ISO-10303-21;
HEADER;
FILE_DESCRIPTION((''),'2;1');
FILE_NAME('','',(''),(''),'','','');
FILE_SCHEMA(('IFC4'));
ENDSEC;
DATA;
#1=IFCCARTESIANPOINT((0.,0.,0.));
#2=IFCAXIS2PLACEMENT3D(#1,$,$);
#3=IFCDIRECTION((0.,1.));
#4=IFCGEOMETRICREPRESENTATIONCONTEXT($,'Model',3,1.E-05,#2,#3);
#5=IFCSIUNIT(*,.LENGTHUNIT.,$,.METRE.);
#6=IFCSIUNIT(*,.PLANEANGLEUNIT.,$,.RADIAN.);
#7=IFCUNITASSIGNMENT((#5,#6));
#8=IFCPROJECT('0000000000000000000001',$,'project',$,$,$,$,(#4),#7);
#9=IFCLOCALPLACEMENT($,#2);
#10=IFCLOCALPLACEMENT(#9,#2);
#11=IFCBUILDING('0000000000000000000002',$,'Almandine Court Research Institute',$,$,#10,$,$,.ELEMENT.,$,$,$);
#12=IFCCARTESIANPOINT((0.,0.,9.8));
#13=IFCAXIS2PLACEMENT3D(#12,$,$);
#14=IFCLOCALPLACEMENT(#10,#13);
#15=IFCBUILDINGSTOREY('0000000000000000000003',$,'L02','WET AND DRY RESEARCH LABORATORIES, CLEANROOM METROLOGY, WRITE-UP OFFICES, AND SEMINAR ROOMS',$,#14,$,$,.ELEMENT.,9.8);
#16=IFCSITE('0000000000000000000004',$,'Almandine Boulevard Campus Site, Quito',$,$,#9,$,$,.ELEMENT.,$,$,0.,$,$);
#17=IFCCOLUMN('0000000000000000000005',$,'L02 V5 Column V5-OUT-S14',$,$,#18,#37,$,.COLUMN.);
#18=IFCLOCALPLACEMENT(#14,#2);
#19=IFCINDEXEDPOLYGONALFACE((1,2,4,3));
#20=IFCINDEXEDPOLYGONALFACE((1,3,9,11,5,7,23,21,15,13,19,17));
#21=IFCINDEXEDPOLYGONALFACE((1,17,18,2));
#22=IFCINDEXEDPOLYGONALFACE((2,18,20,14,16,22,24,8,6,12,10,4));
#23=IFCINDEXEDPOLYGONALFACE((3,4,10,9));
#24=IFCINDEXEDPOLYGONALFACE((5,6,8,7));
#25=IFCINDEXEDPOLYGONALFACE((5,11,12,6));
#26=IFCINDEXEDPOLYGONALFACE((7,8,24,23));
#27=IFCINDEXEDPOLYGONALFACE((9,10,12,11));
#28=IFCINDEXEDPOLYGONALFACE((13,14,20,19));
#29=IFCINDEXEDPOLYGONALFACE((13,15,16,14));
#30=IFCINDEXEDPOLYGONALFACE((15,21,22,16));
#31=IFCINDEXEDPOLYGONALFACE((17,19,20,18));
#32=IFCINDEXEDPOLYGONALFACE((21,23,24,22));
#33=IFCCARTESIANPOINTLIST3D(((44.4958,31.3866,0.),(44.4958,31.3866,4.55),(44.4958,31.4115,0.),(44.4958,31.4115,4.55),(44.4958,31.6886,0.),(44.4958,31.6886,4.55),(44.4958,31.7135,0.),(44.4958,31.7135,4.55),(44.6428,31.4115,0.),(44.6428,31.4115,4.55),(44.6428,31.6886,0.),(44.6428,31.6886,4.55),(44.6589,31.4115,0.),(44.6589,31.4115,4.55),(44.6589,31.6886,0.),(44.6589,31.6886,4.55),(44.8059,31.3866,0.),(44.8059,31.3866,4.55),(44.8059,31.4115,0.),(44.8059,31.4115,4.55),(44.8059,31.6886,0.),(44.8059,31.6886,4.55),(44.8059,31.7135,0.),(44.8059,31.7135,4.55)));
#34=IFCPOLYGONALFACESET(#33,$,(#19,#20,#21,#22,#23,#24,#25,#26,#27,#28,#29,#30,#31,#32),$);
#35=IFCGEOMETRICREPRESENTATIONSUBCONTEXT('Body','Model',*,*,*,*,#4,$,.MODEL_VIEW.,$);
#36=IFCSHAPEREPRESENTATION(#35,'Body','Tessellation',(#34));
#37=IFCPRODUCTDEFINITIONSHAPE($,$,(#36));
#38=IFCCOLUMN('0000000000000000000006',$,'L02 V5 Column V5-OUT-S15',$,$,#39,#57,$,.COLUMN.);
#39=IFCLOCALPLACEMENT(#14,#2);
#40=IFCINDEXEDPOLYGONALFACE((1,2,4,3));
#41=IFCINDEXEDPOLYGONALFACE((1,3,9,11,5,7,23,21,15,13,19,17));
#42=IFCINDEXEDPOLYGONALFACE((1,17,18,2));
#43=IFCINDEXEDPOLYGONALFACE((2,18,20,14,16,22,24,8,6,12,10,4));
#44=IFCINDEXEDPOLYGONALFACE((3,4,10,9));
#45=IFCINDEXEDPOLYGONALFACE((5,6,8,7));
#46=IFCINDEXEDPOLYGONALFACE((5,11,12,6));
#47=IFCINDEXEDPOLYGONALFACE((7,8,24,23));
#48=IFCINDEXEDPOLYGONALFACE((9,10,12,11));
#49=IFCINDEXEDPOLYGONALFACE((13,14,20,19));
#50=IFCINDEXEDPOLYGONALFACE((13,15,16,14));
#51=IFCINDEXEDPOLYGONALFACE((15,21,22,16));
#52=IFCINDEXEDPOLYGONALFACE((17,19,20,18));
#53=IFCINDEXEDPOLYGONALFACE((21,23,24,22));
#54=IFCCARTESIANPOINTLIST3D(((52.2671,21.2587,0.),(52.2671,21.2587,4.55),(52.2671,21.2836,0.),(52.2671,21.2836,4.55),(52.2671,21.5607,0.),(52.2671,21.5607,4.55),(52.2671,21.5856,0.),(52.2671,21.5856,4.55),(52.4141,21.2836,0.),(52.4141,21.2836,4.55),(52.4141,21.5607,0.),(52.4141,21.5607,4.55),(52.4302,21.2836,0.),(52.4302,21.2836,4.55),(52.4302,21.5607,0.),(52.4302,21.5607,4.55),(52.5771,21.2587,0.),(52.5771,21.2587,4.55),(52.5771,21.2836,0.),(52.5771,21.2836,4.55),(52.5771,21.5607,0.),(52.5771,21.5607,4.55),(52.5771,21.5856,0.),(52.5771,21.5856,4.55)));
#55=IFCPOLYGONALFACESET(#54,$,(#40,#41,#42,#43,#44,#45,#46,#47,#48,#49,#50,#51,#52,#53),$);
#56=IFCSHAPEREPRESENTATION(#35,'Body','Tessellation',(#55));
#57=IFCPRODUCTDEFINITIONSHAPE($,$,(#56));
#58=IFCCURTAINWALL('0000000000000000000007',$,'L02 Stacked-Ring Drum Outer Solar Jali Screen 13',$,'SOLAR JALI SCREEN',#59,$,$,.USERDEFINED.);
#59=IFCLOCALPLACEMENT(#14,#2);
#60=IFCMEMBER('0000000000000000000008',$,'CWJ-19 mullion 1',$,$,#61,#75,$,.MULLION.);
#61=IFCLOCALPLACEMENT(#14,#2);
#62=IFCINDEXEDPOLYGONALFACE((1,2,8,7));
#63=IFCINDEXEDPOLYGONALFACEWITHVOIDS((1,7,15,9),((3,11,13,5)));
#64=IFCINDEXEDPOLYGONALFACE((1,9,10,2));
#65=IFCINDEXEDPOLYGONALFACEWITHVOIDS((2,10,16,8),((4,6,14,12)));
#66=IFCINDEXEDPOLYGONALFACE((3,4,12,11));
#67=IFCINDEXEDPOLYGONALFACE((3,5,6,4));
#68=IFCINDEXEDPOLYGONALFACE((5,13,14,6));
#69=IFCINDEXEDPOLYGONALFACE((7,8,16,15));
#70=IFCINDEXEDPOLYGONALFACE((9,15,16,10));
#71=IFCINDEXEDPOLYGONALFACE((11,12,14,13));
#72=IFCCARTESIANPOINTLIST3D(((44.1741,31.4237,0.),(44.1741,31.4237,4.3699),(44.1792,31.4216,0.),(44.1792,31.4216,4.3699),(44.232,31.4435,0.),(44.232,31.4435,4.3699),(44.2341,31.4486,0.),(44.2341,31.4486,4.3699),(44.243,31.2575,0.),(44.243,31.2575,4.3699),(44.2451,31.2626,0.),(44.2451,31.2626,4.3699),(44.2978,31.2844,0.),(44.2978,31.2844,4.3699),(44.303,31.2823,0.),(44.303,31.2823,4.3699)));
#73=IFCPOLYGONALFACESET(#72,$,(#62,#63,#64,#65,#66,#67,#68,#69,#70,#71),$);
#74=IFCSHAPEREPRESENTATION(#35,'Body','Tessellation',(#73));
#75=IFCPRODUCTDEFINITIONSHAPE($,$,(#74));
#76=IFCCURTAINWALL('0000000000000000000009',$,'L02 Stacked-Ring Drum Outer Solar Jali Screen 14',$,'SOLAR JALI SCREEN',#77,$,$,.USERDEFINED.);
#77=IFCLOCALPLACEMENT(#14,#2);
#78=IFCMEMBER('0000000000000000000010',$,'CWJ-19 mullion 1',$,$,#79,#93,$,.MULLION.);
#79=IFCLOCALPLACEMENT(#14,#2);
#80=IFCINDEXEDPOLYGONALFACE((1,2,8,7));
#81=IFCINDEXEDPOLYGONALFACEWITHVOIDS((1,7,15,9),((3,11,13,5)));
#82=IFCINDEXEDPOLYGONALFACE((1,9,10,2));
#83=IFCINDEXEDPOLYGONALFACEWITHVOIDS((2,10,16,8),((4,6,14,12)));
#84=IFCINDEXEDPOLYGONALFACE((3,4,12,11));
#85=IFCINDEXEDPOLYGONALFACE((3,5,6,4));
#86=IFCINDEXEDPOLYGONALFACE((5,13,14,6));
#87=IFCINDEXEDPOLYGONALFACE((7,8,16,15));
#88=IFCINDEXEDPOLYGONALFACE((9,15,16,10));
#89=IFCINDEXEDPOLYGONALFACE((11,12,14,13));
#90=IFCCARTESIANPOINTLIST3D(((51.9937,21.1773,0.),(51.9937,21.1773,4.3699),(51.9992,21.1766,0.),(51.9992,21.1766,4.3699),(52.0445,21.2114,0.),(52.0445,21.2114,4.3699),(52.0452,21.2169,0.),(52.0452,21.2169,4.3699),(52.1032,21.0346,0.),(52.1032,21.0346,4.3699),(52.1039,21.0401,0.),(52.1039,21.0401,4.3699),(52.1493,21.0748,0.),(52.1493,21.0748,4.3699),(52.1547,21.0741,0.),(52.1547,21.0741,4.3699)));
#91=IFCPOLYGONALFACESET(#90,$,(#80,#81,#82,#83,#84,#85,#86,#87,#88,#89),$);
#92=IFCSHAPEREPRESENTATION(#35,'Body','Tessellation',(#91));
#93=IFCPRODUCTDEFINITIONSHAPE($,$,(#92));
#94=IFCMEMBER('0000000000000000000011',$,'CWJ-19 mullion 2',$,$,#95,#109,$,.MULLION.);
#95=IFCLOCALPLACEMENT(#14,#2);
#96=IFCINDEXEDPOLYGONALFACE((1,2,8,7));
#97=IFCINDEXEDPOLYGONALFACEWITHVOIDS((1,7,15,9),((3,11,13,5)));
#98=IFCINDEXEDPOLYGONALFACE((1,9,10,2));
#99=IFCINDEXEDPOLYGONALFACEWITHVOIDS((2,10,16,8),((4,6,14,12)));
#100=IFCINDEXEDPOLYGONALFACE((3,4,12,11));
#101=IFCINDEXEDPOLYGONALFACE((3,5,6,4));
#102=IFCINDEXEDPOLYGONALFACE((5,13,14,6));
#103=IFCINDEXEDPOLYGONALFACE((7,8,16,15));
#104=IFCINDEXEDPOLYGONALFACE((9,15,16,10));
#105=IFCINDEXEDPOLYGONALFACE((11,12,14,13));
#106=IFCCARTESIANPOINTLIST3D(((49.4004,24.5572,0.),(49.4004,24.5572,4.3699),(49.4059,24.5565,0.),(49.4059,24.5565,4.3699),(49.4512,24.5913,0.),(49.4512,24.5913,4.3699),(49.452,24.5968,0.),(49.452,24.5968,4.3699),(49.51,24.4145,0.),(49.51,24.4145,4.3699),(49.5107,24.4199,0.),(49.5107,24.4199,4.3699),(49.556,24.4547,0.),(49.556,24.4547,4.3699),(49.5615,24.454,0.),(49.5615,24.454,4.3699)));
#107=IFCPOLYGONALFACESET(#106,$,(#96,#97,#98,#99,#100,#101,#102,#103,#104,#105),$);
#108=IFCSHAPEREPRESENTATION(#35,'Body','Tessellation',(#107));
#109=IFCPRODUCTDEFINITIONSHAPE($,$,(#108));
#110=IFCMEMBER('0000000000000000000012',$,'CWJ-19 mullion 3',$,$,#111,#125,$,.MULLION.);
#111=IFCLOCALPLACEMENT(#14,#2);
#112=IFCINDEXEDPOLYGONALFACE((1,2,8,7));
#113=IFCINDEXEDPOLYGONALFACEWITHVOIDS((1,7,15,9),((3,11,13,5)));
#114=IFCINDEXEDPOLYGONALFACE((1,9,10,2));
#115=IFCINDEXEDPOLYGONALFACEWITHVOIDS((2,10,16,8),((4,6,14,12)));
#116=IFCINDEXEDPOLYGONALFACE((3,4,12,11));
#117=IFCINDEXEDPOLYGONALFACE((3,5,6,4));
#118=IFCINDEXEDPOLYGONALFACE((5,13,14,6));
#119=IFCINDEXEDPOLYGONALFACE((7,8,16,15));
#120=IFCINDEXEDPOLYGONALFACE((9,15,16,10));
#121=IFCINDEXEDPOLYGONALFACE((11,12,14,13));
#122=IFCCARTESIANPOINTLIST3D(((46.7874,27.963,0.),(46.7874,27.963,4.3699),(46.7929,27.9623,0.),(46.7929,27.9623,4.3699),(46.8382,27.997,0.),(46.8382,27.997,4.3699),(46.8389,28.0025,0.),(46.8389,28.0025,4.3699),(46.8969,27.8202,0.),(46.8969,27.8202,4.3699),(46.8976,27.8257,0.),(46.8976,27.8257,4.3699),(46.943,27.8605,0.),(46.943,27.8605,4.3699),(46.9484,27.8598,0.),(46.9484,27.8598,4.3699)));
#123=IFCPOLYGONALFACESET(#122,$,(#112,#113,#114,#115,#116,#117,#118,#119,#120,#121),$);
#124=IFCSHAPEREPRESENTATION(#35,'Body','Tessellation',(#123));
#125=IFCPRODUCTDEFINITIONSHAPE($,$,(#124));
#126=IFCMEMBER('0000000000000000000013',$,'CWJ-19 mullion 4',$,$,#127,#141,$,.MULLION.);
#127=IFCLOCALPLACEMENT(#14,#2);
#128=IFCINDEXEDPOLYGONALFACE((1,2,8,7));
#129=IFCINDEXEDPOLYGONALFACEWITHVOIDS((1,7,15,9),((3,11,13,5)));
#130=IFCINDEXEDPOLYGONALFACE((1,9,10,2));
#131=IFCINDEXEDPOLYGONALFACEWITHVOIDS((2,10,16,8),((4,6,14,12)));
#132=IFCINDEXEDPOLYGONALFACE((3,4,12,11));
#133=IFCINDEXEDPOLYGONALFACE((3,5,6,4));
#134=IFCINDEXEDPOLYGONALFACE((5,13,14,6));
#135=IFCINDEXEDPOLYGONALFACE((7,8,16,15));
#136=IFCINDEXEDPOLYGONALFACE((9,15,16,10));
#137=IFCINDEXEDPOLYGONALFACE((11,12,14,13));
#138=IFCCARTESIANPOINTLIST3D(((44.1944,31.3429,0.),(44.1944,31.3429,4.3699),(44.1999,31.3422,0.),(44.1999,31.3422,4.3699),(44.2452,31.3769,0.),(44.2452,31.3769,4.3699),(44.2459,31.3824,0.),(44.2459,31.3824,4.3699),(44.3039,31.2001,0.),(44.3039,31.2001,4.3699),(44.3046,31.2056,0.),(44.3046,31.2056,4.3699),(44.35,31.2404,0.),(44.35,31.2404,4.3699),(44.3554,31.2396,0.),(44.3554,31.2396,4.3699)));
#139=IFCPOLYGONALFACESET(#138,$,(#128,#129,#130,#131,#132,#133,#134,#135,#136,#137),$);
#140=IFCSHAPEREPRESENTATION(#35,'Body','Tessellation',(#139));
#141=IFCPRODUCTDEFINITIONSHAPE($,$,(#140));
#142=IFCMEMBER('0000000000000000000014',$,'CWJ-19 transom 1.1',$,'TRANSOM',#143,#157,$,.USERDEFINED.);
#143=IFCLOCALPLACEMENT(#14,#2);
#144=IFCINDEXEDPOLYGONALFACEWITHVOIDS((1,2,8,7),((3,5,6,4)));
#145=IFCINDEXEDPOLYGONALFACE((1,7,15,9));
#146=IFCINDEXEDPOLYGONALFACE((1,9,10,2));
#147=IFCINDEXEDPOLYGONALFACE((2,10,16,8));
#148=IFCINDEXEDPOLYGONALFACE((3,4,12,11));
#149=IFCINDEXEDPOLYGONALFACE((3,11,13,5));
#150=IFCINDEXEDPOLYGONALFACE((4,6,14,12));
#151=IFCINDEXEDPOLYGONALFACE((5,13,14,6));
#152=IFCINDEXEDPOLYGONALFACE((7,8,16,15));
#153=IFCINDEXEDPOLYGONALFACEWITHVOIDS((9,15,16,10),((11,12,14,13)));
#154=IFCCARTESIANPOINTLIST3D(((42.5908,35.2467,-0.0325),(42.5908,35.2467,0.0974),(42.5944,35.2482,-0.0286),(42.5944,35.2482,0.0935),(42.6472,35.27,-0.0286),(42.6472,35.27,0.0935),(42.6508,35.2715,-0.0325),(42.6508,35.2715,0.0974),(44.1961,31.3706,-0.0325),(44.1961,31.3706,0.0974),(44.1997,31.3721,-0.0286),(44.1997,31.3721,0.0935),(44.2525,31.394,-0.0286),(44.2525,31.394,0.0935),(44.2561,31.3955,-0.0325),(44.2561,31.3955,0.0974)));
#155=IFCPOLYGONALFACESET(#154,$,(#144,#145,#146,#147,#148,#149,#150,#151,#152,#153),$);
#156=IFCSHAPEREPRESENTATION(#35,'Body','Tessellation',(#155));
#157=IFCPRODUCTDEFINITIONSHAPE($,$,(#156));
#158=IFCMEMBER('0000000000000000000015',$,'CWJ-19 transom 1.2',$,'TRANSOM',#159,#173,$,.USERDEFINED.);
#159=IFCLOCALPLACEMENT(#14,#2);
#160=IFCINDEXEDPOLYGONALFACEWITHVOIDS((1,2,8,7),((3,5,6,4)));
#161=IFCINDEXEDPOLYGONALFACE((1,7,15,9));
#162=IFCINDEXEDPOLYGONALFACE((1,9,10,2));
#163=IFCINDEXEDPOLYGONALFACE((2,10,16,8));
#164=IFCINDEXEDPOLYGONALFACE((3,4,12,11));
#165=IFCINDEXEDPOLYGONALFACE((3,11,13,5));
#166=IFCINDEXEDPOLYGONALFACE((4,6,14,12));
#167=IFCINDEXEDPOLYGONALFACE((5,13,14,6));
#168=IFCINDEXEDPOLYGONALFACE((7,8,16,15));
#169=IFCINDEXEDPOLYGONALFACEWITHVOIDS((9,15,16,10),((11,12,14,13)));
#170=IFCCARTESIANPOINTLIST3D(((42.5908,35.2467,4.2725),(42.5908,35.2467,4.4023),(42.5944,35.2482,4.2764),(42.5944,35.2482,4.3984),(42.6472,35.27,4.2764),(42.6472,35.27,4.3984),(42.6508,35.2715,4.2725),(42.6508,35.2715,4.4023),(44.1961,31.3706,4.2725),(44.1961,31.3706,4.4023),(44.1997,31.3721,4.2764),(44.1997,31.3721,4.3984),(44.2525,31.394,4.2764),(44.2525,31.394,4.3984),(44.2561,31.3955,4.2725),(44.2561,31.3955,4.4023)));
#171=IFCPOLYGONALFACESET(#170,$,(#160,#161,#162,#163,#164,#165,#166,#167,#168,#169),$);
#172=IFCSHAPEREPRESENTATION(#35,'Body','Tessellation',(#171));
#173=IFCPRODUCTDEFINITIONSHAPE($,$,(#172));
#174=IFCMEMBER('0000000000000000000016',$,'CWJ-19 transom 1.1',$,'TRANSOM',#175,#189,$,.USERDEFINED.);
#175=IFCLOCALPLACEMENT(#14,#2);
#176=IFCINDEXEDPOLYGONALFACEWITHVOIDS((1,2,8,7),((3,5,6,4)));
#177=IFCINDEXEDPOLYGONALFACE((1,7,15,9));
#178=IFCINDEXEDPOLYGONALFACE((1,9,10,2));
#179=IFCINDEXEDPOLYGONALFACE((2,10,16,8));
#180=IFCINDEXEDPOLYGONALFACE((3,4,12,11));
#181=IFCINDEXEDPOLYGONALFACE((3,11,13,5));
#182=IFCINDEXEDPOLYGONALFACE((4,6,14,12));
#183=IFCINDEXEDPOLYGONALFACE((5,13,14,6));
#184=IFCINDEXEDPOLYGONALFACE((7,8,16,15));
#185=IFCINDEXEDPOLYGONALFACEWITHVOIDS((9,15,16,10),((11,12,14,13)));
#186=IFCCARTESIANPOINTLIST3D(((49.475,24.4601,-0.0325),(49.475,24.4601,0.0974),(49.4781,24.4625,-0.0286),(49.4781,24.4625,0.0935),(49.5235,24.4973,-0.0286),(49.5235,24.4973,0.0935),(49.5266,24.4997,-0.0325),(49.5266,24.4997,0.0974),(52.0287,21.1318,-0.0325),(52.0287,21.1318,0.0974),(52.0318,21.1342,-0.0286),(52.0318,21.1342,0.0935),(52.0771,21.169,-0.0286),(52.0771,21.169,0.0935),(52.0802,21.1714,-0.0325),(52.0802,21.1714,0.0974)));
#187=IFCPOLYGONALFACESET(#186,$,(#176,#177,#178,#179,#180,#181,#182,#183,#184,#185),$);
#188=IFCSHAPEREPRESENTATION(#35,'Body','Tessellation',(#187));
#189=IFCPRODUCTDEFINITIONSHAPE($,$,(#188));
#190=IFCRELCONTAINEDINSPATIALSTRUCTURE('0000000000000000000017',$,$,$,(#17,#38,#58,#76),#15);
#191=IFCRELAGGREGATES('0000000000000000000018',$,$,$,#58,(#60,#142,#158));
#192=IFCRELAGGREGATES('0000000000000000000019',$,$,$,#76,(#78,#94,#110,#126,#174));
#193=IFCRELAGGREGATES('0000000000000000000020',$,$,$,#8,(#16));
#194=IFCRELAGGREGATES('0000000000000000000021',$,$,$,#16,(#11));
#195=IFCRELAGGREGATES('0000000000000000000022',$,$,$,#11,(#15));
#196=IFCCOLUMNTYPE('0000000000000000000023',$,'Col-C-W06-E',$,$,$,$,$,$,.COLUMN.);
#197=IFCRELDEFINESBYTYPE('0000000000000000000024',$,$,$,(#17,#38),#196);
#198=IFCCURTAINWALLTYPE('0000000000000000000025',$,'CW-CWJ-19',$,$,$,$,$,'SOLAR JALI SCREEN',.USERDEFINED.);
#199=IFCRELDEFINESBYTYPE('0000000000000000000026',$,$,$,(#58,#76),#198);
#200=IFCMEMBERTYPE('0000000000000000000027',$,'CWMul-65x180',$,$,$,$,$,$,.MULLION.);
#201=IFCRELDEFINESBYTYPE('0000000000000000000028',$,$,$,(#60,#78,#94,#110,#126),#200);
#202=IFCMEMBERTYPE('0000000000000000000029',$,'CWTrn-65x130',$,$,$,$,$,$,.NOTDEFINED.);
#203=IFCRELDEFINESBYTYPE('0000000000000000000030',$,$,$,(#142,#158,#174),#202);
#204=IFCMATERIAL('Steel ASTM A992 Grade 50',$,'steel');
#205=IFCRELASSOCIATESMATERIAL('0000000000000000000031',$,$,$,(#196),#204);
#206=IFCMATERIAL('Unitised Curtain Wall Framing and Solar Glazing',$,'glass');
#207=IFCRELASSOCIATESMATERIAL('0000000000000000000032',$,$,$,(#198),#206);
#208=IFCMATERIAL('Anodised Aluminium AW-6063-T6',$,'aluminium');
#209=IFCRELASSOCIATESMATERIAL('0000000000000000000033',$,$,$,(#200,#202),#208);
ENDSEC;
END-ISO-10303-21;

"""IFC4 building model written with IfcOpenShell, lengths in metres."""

from ifc_helpers import new_model, si_unit, direction, frame, origin, origin_2d, place, context, subcontext, project, spatial, hollow_rectangle, i_section, extrude, material, material_profile, profile_set, type_object, element, aggregate, save


model = new_model("IFC4")

# Units and contexts
model_context = context("Model", 3, precision=1e-05, world=origin(), true_north=direction((0.0, 1.0)))
body_context = subcontext(model_context, "Body", "Model", "MODEL_VIEW")
ifc_project = project(units=[si_unit("LENGTHUNIT", "METRE"), si_unit("PLANEANGLEUNIT", "RADIAN")], contexts=[model_context])

# Site, building, storey
site_placement = place(None, origin())
site = spatial("IfcSite", under=ifc_project, at=site_placement, Name="Almandine Boulevard Campus Site, Quito", CompositionType="ELEMENT", RefElevation=0.0)
building_placement = place(site_placement, origin())
building = spatial("IfcBuilding", under=site, at=building_placement, Name="Almandine Court Research Institute", CompositionType="ELEMENT")
storey_placement = place(building_placement, frame((0.0, 0.0, 9.8)))
storey = spatial("IfcBuildingStorey", under=building, at=storey_placement, Name="L02", Description="WET AND DRY RESEARCH LABORATORIES, CLEANROOM METROLOGY, WRITE-UP OFFICES, AND SEMINAR ROOMS", CompositionType="ELEMENT", Elevation=9.8)

# Columns
ifc_material_1 = material(Name="Steel ASTM A992 Grade 50", Category="steel")
ifc_material_profile_1 = material_profile(ifc_material_1, i_section(OverallWidth=0.3101, OverallDepth=0.3269, WebThickness=0.0161, FlangeThickness=0.0249, at=origin_2d()), Name="W310x158")
ifc_profile_set_1 = profile_set([ifc_material_profile_1], Name="Steel ASTM A992 Grade 50")
column_type = type_object("IfcColumnType", Name="Col-C-W06-E", PredefinedType="COLUMN", material=ifc_profile_set_1)
for number, where, z_axis, x_axis, name in (
    (1, (44.6509, 31.55, 0.0), (0.0, 0.0, 1.0), (1.0, 0.0, 0.0), "L02 V5 Column V5-OUT-S14"),
    (2, (52.4221, 21.4221, 0.0), (0.0, 0.0, 1.0), (1.0, 0.0, 0.0), "L02 V5 Column V5-OUT-S15"),
):
    element("IfcColumn", number, at=place(storey_placement, frame(where, z_axis=z_axis, x_axis=x_axis)), inside=storey, type_object=column_type, Name=name, PredefinedType="COLUMN", context=body_context, shape_type="SweptSolid", body=[
        extrude(i_section(OverallWidth=0.3101, OverallDepth=0.3269, WebThickness=0.0161, FlangeThickness=0.0249, at=origin_2d()), origin(), (0.0, 0.0, 1.0), 4.55),
    ])

# Curtain wall, member
ifc_material_2 = material(Name="Unitised Curtain Wall Framing and Solar Glazing", Category="glass")
curtain_wall_type = type_object("IfcCurtainWallType", Name="CW-CWJ-19", ElementType="SOLAR JALI SCREEN", PredefinedType="USERDEFINED", material=ifc_material_2)
curtain_wall_1_placement = place(storey_placement, origin())
curtain_wall_1 = element("IfcCurtainWall", 3, at=curtain_wall_1_placement, inside=storey, type_object=curtain_wall_type, Name="L02 Stacked-Ring Drum Outer Solar Jali Screen 13", ObjectType="SOLAR JALI SCREEN", PredefinedType="USERDEFINED")
ifc_material_3 = material(Name="Anodised Aluminium AW-6063-T6", Category="aluminium")
ifc_material_profile_2 = material_profile(ifc_material_3, hollow_rectangle(XDim=0.0649, YDim=0.1799, WallThickness=0.0039, at=origin_2d()), Name="ALU RHS 65x180x4")
ifc_profile_set_2 = profile_set([ifc_material_profile_2], Name="Anodised Aluminium AW-6063-T6")
member_type_1 = type_object("IfcMemberType", Name="CWMul-65x180", PredefinedType="MULLION", material=ifc_profile_set_2)
member_1_placement = place(storey_placement, frame((44.2385, 31.353, 0.0), z_axis=(0.0, 0.0, 1.0), x_axis=(-0.923888, -0.382663, 0.0)))
member_1 = element("IfcMember", 4, at=member_1_placement, type_object=member_type_1, Name="CWJ-19 mullion 1", PredefinedType="MULLION", context=body_context, shape_type="SweptSolid", body=[
    extrude(hollow_rectangle(XDim=0.0649, YDim=0.1799, WallThickness=0.0039, at=origin_2d()), origin(), (0.0, 0.0, 1.0), 4.3699),
])

# Curtain wall, members
curtain_wall_2_placement = place(storey_placement, origin())
curtain_wall_2 = element("IfcCurtainWall", 5, at=curtain_wall_2_placement, inside=storey, type_object=curtain_wall_type, Name="L02 Stacked-Ring Drum Outer Solar Jali Screen 14", ObjectType="SOLAR JALI SCREEN", PredefinedType="USERDEFINED")
member_2_placement = place(storey_placement, frame((52.0742, 21.1257, 0.0), z_axis=(0.0, 0.0, 1.0), x_axis=(-0.793383, -0.608723, 0.0)))
member_2 = element("IfcMember", 6, at=member_2_placement, type_object=member_type_1, Name="CWJ-19 mullion 1", PredefinedType="MULLION", context=body_context, shape_type="SweptSolid", body=[
    extrude(hollow_rectangle(XDim=0.0649, YDim=0.1799, WallThickness=0.0039, at=origin_2d()), origin(), (0.0, 0.0, 1.0), 4.3699),
])
member_3_placement = place(storey_placement, frame((49.481, 24.5056, 0.0), z_axis=(0.0, 0.0, 1.0), x_axis=(-0.793383, -0.608723, 0.0)))
member_3 = element("IfcMember", 7, at=member_3_placement, type_object=member_type_1, Name="CWJ-19 mullion 2", PredefinedType="MULLION", context=body_context, shape_type="SweptSolid", body=[
    extrude(hollow_rectangle(XDim=0.0649, YDim=0.1799, WallThickness=0.0039, at=origin_2d()), origin(), (0.0, 0.0, 1.0), 4.3699),
])
member_4_placement = place(storey_placement, frame((46.8679, 27.9114, 0.0), z_axis=(0.0, 0.0, 1.0), x_axis=(-0.793383, -0.608723, 0.0)))
member_4 = element("IfcMember", 8, at=member_4_placement, type_object=member_type_1, Name="CWJ-19 mullion 3", PredefinedType="MULLION", context=body_context, shape_type="SweptSolid", body=[
    extrude(hollow_rectangle(XDim=0.0649, YDim=0.1799, WallThickness=0.0039, at=origin_2d()), origin(), (0.0, 0.0, 1.0), 4.3699),
])
member_5_placement = place(storey_placement, frame((44.2749, 31.2913, 0.0), z_axis=(0.0, 0.0, 1.0), x_axis=(-0.793383, -0.608723, 0.0)))
member_5 = element("IfcMember", 9, at=member_5_placement, type_object=member_type_1, Name="CWJ-19 mullion 4", PredefinedType="MULLION", context=body_context, shape_type="SweptSolid", body=[
    extrude(hollow_rectangle(XDim=0.0649, YDim=0.1799, WallThickness=0.0039, at=origin_2d()), origin(), (0.0, 0.0, 1.0), 4.3699),
])

# Members
ifc_material_profile_3 = material_profile(ifc_material_3, hollow_rectangle(XDim=0.0649, YDim=0.1299, WallThickness=0.0039, at=origin_2d()), Name="ALU RHS 65x130x4")
ifc_profile_set_3 = profile_set([ifc_material_profile_3], Name="Anodised Aluminium AW-6063-T6")
member_type_2 = type_object("IfcMemberType", Name="CWTrn-65x130", PredefinedType="NOTDEFINED", material=ifc_profile_set_3)
member_6_placement = place(storey_placement, frame((44.2261, 31.3831, 0.0325), z_axis=(-0.382631, 0.923901, 0.0), x_axis=(-0.923901, -0.382631, 0.0)))
member_6 = element("IfcMember", 10, at=member_6_placement, type_object=member_type_2, Name="CWJ-19 transom 1.1", ObjectType="TRANSOM", PredefinedType="USERDEFINED", context=body_context, shape_type="SweptSolid", body=[
    extrude(hollow_rectangle(XDim=0.0649, YDim=0.1299, WallThickness=0.0039, at=origin_2d()), origin(), (0.0, 0.0, 1.0), 4.1953),
])
member_7_placement = place(storey_placement, frame((44.2261, 31.3831, 4.3374), z_axis=(-0.382631, 0.923901, 0.0), x_axis=(-0.923901, -0.382631, 0.0)))
member_7 = element("IfcMember", 11, at=member_7_placement, type_object=member_type_2, Name="CWJ-19 transom 1.2", ObjectType="TRANSOM", PredefinedType="USERDEFINED", context=body_context, shape_type="SweptSolid", body=[
    extrude(hollow_rectangle(XDim=0.0649, YDim=0.1299, WallThickness=0.0039, at=origin_2d()), origin(), (0.0, 0.0, 1.0), 4.1953),
])
aggregate(curtain_wall_1, [member_1, member_6, member_7])
member_8_placement = place(storey_placement, frame((52.0544, 21.1516, 0.0325), z_axis=(-0.608726, 0.793381, 0.0), x_axis=(-0.793381, -0.608726, 0.0)))
member_8 = element("IfcMember", 12, at=member_8_placement, type_object=member_type_2, Name="CWJ-19 transom 1.1", ObjectType="TRANSOM", PredefinedType="USERDEFINED", context=body_context, shape_type="SweptSolid", body=[
    extrude(hollow_rectangle(XDim=0.0649, YDim=0.1299, WallThickness=0.0039, at=origin_2d()), origin(), (0.0, 0.0, 1.0), 4.1951),
])

aggregate(curtain_wall_2, [member_2, member_3, member_4, member_5, member_8])

save(model, "model.ifc")
